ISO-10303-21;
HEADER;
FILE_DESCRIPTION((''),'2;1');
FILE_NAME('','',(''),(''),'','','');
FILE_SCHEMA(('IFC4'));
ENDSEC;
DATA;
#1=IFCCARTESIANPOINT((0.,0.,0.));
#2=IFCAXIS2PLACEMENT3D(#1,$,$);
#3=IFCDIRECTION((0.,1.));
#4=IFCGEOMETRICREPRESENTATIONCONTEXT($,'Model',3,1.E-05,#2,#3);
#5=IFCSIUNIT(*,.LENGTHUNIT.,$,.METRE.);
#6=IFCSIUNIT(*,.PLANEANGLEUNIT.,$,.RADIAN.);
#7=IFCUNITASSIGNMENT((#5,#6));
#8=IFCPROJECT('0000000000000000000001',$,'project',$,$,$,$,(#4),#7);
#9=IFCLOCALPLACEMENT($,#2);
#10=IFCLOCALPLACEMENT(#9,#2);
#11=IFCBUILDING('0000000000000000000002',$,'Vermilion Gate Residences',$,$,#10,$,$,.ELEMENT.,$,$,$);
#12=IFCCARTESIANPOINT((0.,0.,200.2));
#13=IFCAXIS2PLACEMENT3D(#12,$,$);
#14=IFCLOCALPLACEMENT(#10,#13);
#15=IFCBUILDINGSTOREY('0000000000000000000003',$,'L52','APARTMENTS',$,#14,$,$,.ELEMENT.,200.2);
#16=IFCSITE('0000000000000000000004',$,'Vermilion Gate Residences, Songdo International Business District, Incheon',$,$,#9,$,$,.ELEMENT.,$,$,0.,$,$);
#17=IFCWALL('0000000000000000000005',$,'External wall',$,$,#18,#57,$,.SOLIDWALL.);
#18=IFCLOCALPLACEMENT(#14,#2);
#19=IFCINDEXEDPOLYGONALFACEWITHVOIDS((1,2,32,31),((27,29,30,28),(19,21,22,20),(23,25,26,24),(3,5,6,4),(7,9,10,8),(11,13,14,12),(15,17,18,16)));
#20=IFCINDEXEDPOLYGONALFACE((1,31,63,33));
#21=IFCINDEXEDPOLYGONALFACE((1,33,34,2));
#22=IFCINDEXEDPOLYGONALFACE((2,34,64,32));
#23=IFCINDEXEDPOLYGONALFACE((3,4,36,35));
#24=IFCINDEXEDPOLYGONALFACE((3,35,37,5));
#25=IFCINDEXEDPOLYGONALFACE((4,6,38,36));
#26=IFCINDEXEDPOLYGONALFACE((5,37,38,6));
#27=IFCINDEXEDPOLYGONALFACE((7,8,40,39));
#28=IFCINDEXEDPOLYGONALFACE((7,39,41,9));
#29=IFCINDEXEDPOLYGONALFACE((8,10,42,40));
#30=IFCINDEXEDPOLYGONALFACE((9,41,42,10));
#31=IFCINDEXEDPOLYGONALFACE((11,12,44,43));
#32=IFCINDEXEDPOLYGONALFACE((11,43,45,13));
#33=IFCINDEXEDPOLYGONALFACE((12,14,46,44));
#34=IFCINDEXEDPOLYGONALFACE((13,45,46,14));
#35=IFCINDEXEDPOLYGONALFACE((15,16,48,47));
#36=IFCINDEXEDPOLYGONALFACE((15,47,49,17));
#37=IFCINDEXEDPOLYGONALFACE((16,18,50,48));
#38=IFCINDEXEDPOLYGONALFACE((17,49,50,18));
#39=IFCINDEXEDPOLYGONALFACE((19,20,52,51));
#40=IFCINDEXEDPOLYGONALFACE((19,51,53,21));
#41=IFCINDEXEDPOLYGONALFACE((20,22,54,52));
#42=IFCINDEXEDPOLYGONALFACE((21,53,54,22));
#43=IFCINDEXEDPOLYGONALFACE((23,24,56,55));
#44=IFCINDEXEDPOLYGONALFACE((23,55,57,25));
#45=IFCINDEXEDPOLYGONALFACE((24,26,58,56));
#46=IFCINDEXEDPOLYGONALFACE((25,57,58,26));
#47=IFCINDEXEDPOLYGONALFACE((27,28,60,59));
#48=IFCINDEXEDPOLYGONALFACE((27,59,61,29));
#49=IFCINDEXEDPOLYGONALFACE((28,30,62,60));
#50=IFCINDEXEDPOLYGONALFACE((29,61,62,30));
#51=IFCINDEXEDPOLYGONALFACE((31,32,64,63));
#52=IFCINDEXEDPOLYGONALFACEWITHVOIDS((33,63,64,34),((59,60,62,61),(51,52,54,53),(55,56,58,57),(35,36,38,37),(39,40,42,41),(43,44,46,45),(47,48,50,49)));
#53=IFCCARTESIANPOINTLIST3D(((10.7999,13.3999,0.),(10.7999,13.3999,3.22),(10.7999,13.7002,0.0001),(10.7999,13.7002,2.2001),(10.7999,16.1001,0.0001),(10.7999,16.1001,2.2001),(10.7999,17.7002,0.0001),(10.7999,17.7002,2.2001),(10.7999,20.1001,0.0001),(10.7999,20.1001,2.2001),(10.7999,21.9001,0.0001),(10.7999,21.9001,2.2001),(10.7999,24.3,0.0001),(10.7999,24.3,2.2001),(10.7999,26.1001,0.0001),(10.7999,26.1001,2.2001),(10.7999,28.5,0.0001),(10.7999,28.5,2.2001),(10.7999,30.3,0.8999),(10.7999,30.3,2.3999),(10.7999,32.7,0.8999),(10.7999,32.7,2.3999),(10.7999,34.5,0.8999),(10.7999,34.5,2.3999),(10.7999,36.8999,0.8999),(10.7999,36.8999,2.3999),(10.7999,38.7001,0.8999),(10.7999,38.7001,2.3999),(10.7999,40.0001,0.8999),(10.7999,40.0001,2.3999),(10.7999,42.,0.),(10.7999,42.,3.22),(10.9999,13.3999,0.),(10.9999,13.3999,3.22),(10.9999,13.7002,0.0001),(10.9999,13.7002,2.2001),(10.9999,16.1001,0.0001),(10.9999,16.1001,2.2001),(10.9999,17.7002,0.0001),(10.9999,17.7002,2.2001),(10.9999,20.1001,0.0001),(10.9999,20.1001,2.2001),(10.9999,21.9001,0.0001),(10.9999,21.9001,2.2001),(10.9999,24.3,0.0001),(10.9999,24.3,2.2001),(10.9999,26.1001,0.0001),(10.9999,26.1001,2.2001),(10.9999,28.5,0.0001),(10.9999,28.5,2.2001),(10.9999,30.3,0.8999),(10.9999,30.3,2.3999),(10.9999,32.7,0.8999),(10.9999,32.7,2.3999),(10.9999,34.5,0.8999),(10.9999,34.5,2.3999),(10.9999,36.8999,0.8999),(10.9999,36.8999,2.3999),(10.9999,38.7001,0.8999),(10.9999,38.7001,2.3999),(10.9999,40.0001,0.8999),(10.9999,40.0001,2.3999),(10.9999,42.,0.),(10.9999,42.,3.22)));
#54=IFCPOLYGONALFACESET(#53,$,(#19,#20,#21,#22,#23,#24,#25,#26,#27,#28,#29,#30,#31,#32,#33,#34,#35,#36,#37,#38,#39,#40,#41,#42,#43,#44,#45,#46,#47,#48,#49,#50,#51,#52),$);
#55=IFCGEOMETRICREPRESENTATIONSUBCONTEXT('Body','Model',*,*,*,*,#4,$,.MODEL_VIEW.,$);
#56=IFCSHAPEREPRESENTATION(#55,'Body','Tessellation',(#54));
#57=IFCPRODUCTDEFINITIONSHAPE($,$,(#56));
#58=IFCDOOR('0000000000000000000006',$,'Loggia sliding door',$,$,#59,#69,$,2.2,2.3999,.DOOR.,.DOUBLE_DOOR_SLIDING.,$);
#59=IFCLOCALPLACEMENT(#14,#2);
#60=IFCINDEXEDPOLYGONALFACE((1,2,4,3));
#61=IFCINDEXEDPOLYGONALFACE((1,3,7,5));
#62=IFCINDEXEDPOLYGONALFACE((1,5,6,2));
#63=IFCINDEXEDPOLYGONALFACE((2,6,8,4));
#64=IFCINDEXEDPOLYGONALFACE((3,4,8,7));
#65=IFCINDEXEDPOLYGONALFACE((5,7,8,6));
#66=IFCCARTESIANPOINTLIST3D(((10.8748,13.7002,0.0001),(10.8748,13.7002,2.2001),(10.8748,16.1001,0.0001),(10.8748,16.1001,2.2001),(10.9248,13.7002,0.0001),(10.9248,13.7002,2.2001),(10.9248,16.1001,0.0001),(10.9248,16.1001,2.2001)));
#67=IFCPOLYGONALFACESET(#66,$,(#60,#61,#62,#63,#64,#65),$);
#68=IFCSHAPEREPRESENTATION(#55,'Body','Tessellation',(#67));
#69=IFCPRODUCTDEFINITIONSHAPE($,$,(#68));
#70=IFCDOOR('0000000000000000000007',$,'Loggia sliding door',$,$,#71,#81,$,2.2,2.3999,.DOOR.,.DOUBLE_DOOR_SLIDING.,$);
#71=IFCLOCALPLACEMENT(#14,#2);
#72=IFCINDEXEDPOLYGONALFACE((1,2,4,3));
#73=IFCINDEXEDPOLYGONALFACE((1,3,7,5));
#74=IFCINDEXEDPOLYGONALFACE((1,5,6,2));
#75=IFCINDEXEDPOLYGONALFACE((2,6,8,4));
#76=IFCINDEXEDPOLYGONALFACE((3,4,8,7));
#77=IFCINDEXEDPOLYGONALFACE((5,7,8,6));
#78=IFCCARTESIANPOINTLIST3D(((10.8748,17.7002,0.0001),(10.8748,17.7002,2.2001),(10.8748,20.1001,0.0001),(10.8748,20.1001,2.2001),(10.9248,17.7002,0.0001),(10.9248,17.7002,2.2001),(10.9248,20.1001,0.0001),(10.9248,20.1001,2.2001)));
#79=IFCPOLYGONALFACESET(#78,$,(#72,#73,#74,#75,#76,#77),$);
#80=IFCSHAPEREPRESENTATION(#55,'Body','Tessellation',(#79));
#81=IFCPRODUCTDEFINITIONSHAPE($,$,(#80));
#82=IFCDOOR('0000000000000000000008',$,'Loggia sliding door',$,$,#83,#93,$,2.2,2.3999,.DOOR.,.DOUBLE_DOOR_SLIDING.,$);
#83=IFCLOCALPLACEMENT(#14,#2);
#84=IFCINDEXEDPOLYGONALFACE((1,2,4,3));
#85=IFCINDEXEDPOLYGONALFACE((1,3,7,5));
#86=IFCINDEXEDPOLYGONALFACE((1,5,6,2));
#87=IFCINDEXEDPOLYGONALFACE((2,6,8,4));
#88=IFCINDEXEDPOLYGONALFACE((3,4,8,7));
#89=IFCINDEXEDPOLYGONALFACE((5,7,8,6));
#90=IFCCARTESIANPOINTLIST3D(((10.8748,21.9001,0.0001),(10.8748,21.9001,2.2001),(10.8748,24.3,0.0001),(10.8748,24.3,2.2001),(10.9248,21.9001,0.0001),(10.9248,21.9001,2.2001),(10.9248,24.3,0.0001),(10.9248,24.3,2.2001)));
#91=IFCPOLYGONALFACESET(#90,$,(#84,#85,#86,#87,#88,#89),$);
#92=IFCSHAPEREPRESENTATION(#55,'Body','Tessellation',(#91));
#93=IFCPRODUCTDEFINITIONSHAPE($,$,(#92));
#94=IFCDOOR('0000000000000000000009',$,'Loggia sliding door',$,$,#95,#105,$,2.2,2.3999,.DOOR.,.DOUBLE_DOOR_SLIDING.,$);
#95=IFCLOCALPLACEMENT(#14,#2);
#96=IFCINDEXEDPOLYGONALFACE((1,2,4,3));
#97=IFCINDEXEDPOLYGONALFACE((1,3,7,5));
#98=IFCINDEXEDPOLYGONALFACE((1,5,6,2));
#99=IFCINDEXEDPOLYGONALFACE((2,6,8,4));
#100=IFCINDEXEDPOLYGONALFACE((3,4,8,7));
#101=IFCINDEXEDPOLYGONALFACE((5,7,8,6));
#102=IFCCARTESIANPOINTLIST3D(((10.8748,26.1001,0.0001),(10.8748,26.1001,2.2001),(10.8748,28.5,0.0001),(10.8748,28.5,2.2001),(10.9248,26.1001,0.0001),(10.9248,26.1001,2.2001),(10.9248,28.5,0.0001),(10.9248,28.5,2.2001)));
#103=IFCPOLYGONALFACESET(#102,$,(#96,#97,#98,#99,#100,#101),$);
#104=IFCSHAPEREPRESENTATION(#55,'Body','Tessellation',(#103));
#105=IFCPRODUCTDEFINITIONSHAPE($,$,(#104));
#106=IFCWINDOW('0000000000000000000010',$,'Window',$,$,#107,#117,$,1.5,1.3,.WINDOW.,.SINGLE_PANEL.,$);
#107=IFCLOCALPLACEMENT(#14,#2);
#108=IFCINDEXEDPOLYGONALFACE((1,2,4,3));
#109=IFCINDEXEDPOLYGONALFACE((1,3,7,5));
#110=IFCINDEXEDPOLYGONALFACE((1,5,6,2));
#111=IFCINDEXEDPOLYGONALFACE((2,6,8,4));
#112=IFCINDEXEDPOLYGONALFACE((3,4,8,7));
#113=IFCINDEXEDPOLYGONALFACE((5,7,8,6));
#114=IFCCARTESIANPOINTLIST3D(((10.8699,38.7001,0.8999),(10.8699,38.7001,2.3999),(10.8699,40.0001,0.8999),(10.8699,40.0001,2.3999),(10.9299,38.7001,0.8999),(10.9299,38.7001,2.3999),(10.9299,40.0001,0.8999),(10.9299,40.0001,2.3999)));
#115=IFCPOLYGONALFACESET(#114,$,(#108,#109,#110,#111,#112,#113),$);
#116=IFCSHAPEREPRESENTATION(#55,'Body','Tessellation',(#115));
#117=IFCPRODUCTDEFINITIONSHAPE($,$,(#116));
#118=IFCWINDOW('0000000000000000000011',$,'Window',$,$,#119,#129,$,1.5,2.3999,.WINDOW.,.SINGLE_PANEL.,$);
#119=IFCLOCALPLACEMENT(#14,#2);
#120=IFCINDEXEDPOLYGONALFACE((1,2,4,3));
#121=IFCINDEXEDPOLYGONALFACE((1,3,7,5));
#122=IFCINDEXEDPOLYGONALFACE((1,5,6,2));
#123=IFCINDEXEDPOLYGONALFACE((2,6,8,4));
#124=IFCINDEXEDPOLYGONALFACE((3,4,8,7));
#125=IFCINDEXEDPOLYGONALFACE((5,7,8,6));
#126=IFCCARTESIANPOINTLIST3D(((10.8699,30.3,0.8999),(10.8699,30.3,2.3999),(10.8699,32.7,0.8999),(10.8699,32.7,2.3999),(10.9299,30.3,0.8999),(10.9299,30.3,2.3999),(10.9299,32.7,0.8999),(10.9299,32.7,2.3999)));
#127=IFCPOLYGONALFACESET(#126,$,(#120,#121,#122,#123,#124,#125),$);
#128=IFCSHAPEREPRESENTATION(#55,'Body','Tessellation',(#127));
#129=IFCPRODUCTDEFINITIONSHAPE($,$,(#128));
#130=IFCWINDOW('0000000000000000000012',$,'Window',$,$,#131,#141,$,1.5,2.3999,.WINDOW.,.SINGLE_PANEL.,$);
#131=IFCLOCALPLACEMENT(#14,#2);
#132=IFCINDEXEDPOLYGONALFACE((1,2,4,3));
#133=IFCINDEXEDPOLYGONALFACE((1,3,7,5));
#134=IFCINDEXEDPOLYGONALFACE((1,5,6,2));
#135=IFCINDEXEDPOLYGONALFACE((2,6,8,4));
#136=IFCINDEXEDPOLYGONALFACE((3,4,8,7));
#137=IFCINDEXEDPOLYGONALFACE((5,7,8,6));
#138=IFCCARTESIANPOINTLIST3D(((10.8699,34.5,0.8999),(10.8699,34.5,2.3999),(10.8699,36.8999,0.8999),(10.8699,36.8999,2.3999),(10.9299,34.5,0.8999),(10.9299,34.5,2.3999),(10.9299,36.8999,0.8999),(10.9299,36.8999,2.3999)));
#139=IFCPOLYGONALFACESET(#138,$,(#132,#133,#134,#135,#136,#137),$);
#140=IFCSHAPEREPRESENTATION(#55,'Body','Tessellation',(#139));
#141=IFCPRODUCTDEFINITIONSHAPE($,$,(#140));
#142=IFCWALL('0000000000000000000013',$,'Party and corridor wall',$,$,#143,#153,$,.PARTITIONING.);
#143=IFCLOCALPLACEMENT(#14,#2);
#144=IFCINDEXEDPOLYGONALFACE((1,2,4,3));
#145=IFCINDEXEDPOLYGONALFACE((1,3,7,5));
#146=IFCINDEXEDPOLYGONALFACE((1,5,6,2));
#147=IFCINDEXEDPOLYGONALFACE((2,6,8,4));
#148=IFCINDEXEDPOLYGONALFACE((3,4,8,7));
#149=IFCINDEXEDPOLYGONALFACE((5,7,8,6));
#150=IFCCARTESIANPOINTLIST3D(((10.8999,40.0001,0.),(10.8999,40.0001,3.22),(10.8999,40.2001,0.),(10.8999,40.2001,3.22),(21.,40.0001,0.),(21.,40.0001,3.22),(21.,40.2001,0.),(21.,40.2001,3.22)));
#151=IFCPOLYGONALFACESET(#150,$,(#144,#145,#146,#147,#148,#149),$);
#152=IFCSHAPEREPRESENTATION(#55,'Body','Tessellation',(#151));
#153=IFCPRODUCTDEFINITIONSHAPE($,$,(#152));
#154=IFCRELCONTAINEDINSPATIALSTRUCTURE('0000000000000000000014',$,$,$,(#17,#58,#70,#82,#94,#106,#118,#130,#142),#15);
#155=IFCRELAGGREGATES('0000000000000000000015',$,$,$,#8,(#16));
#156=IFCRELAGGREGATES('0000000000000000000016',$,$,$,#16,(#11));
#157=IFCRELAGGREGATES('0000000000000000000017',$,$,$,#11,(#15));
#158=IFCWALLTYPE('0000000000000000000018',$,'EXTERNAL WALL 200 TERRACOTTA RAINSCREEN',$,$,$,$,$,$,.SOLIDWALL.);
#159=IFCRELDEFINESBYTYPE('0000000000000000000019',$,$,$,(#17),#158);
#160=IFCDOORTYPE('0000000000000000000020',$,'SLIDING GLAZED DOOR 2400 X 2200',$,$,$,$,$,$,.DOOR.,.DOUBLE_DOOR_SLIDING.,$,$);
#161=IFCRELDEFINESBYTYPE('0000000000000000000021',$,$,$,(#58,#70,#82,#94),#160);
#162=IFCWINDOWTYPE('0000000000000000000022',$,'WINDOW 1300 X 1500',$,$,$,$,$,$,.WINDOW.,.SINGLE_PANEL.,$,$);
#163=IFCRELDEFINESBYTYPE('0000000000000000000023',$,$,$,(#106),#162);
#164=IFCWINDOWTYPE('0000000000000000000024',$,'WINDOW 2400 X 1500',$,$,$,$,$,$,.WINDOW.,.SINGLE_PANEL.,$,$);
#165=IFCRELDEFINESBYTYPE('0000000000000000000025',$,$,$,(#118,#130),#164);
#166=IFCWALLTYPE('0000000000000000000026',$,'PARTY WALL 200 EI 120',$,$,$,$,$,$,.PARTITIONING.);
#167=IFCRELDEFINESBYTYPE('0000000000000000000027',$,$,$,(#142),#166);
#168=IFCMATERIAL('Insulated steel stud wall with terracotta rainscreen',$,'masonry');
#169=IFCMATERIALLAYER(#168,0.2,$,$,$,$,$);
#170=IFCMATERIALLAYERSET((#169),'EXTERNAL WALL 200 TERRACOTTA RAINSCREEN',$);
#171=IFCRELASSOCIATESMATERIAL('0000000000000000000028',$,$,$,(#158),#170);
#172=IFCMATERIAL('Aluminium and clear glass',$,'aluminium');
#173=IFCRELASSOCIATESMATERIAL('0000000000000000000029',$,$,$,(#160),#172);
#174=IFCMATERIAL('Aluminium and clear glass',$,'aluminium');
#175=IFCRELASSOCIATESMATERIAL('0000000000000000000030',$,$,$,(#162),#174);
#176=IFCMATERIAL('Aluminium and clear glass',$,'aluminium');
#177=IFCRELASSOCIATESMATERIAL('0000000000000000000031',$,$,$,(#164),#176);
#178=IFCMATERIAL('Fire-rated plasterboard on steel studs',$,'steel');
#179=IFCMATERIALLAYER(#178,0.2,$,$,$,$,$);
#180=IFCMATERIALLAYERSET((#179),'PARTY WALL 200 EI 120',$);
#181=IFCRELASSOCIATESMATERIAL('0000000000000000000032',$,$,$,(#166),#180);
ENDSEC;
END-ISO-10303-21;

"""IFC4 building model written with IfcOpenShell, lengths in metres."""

from ifc_helpers import new_model, si_unit, direction, frame, frame_2d, origin, place, context, subcontext, project, spatial, rectangle, extrude, material, layer, layer_set, type_object, element, fill, save


model = new_model("IFC4")

# Units and contexts
model_context = context("Model", 3, precision=1e-05, world=origin(), true_north=direction((0.0, 1.0)))
body_context = subcontext(model_context, "Body", "Model", "MODEL_VIEW")
ifc_project = project(units=[si_unit("LENGTHUNIT", "METRE"), si_unit("PLANEANGLEUNIT", "RADIAN")], contexts=[model_context])

# Site, building, storey
site_placement = place(None, origin())
site = spatial("IfcSite", under=ifc_project, at=site_placement, Name="Vermilion Gate Residences, Songdo International Business District, Incheon", CompositionType="ELEMENT", RefElevation=0.0)
building_placement = place(site_placement, origin())
building = spatial("IfcBuilding", under=site, at=building_placement, Name="Vermilion Gate Residences", CompositionType="ELEMENT")
storey_placement = place(building_placement, frame((0.0, 0.0, 200.2)))
storey = spatial("IfcBuildingStorey", under=building, at=storey_placement, Name="L52", Description="APARTMENTS", CompositionType="ELEMENT", Elevation=200.2)

# Wall, openings, doors, windows
ifc_material_1 = material(Name="Insulated steel stud wall with terracotta rainscreen", Category="masonry")
ifc_layer_1 = layer(ifc_material_1, 0.2)
ifc_layer_set_1 = layer_set([ifc_layer_1], Name="EXTERNAL WALL 200 TERRACOTTA RAINSCREEN")
wall_type_1 = type_object("IfcWallType", Name="EXTERNAL WALL 200 TERRACOTTA RAINSCREEN", PredefinedType="SOLIDWALL", material=ifc_layer_set_1)
wall_1_placement = place(storey_placement, frame((10.8999, 42.0, 0.0), z_axis=(0.0, 0.0, 1.0), x_axis=(0.0, -1.0, 0.0)))
wall_1 = element("IfcWall", 1, at=wall_1_placement, inside=storey, type_object=wall_type_1, Name="External wall", PredefinedType="SOLIDWALL", context=body_context, shape_type="SweptSolid", body=[
    extrude(rectangle(XDim=28.6001, YDim=0.2, at=frame_2d((14.3, 0.0))), origin(), (0.0, 0.0, 1.0), 3.22),
])
opening_1_placement = place(wall_1_placement, frame((25.8999, 0.0, 0.0)))
opening_1 = element("IfcOpeningElement", 2, at=opening_1_placement, cuts=wall_1, PredefinedType="OPENING", context=body_context, shape_type="SweptSolid", body=[
    extrude(rectangle(XDim=2.3999, YDim=2.2, at=frame_2d((1.2, 1.1001))), frame((0.0, 0.1099, 0.0), z_axis=(0.0, -1.0, 0.0), x_axis=(1.0, 0.0, 0.0)), (0.0, 0.0, 1.0), 0.22),
])
opening_2_placement = place(wall_1_placement, frame((21.8999, 0.0, 0.0)))
opening_2 = element("IfcOpeningElement", 3, at=opening_2_placement, cuts=wall_1, PredefinedType="OPENING", context=body_context, shape_type="SweptSolid", body=[
    extrude(rectangle(XDim=2.3999, YDim=2.2, at=frame_2d((1.2, 1.1001))), frame((0.0, 0.1099, 0.0), z_axis=(0.0, -1.0, 0.0), x_axis=(1.0, 0.0, 0.0)), (0.0, 0.0, 1.0), 0.22),
])
opening_3_placement = place(wall_1_placement, frame((17.7, 0.0, 0.0)))
opening_3 = element("IfcOpeningElement", 4, at=opening_3_placement, cuts=wall_1, PredefinedType="OPENING", context=body_context, shape_type="SweptSolid", body=[
    extrude(rectangle(XDim=2.3999, YDim=2.2, at=frame_2d((1.2, 1.1001))), frame((0.0, 0.1099, 0.0), z_axis=(0.0, -1.0, 0.0), x_axis=(1.0, 0.0, 0.0)), (0.0, 0.0, 1.0), 0.22),
])
opening_4_placement = place(wall_1_placement, frame((13.5, 0.0, 0.0)))
opening_4 = element("IfcOpeningElement", 5, at=opening_4_placement, cuts=wall_1, PredefinedType="OPENING", context=body_context, shape_type="SweptSolid", body=[
    extrude(rectangle(XDim=2.3999, YDim=2.2, at=frame_2d((1.2, 1.1001))), frame((0.0, 0.1099, 0.0), z_axis=(0.0, -1.0, 0.0), x_axis=(1.0, 0.0, 0.0)), (0.0, 0.0, 1.0), 0.22),
])
opening_5_placement = place(wall_1_placement, frame((9.3, 0.0, 0.8999)))
opening_5 = element("IfcOpeningElement", 6, at=opening_5_placement, cuts=wall_1, PredefinedType="OPENING", context=body_context, shape_type="SweptSolid", body=[
    extrude(rectangle(XDim=2.3999, YDim=1.5, at=frame_2d((1.2, 0.75))), frame((0.0, 0.1099, 0.0), z_axis=(0.0, -1.0, 0.0), x_axis=(1.0, 0.0, 0.0)), (0.0, 0.0, 1.0), 0.22),
])
opening_6_placement = place(wall_1_placement, frame((5.1001, 0.0, 0.8999)))
opening_6 = element("IfcOpeningElement", 7, at=opening_6_placement, cuts=wall_1, PredefinedType="OPENING", context=body_context, shape_type="SweptSolid", body=[
    extrude(rectangle(XDim=2.3999, YDim=1.5, at=frame_2d((1.2, 0.75))), frame((0.0, 0.1099, 0.0), z_axis=(0.0, -1.0, 0.0), x_axis=(1.0, 0.0, 0.0)), (0.0, 0.0, 1.0), 0.22),
])
opening_7_placement = place(wall_1_placement, frame((2.0, 0.0, 0.8999)))
opening_7 = element("IfcOpeningElement", 8, at=opening_7_placement, cuts=wall_1, PredefinedType="OPENING", context=body_context, shape_type="SweptSolid", body=[
    extrude(rectangle(XDim=1.3, YDim=1.5, at=frame_2d((0.6499, 0.75))), frame((0.0, 0.1099, 0.0), z_axis=(0.0, -1.0, 0.0), x_axis=(1.0, 0.0, 0.0)), (0.0, 0.0, 1.0), 0.22),
])
ifc_material_2 = material(Name="Aluminium and clear glass", Category="aluminium")
door_type_1 = type_object("IfcDoorType", Name="SLIDING GLAZED DOOR 2400 X 2200", OperationType="DOUBLE_DOOR_SLIDING", PredefinedType="DOOR", material=ifc_material_2)
door_1_placement = place(opening_1_placement, origin())
door_1 = element("IfcDoor", 9, at=door_1_placement, inside=storey, type_object=door_type_1, Name="Loggia sliding door", OperationType="DOUBLE_DOOR_SLIDING", OverallHeight=2.2, OverallWidth=2.3999, PredefinedType="DOOR", context=body_context, shape_type="SweptSolid", body=[
    extrude(rectangle(XDim=2.3999, YDim=2.2, at=frame_2d((1.2, 1.1001))), frame((0.0, 0.0249, 0.0), z_axis=(0.0, -1.0, 0.0), x_axis=(1.0, 0.0, 0.0)), (0.0, 0.0, 1.0), 0.05),
])
fill(opening_1, door_1)
door_2_placement = place(opening_2_placement, origin())
door_2 = element("IfcDoor", 10, at=door_2_placement, inside=storey, type_object=door_type_1, Name="Loggia sliding door", OperationType="DOUBLE_DOOR_SLIDING", OverallHeight=2.2, OverallWidth=2.3999, PredefinedType="DOOR", context=body_context, shape_type="SweptSolid", body=[
    extrude(rectangle(XDim=2.3999, YDim=2.2, at=frame_2d((1.2, 1.1001))), frame((0.0, 0.0249, 0.0), z_axis=(0.0, -1.0, 0.0), x_axis=(1.0, 0.0, 0.0)), (0.0, 0.0, 1.0), 0.05),
])
fill(opening_2, door_2)
door_3_placement = place(opening_3_placement, origin())
door_3 = element("IfcDoor", 11, at=door_3_placement, inside=storey, type_object=door_type_1, Name="Loggia sliding door", OperationType="DOUBLE_DOOR_SLIDING", OverallHeight=2.2, OverallWidth=2.3999, PredefinedType="DOOR", context=body_context, shape_type="SweptSolid", body=[
    extrude(rectangle(XDim=2.3999, YDim=2.2, at=frame_2d((1.2, 1.1001))), frame((0.0, 0.0249, 0.0), z_axis=(0.0, -1.0, 0.0), x_axis=(1.0, 0.0, 0.0)), (0.0, 0.0, 1.0), 0.05),
])
fill(opening_3, door_3)
door_4_placement = place(opening_4_placement, origin())
door_4 = element("IfcDoor", 12, at=door_4_placement, inside=storey, type_object=door_type_1, Name="Loggia sliding door", OperationType="DOUBLE_DOOR_SLIDING", OverallHeight=2.2, OverallWidth=2.3999, PredefinedType="DOOR", context=body_context, shape_type="SweptSolid", body=[
    extrude(rectangle(XDim=2.3999, YDim=2.2, at=frame_2d((1.2, 1.1001))), frame((0.0, 0.0249, 0.0), z_axis=(0.0, -1.0, 0.0), x_axis=(1.0, 0.0, 0.0)), (0.0, 0.0, 1.0), 0.05),
])
fill(opening_4, door_4)
ifc_material_3 = material(Name="Aluminium and clear glass", Category="aluminium")
window_type_1 = type_object("IfcWindowType", Name="WINDOW 1300 X 1500", PartitioningType="SINGLE_PANEL", PredefinedType="WINDOW", material=ifc_material_3)
window_1_placement = place(opening_7_placement, origin())
window_1 = element("IfcWindow", 13, at=window_1_placement, inside=storey, type_object=window_type_1, Name="Window", OverallHeight=1.5, OverallWidth=1.3, PartitioningType="SINGLE_PANEL", PredefinedType="WINDOW", context=body_context, shape_type="SweptSolid", body=[
    extrude(rectangle(XDim=1.3, YDim=1.5, at=frame_2d((0.6499, 0.75))), frame((0.0, 0.03, 0.0), z_axis=(0.0, -1.0, 0.0), x_axis=(1.0, 0.0, 0.0)), (0.0, 0.0, 1.0), 0.0601),
])
fill(opening_7, window_1)
ifc_material_4 = material(Name="Aluminium and clear glass", Category="aluminium")
window_type_2 = type_object("IfcWindowType", Name="WINDOW 2400 X 1500", PartitioningType="SINGLE_PANEL", PredefinedType="WINDOW", material=ifc_material_4)
window_2_placement = place(opening_5_placement, origin())
window_2 = element("IfcWindow", 14, at=window_2_placement, inside=storey, type_object=window_type_2, Name="Window", OverallHeight=1.5, OverallWidth=2.3999, PartitioningType="SINGLE_PANEL", PredefinedType="WINDOW", context=body_context, shape_type="SweptSolid", body=[
    extrude(rectangle(XDim=2.3999, YDim=1.5, at=frame_2d((1.2, 0.75))), frame((0.0, 0.03, 0.0), z_axis=(0.0, -1.0, 0.0), x_axis=(1.0, 0.0, 0.0)), (0.0, 0.0, 1.0), 0.0601),
])
fill(opening_5, window_2)
window_3_placement = place(opening_6_placement, origin())
window_3 = element("IfcWindow", 15, at=window_3_placement, inside=storey, type_object=window_type_2, Name="Window", OverallHeight=1.5, OverallWidth=2.3999, PartitioningType="SINGLE_PANEL", PredefinedType="WINDOW", context=body_context, shape_type="SweptSolid", body=[
    extrude(rectangle(XDim=2.3999, YDim=1.5, at=frame_2d((1.2, 0.75))), frame((0.0, 0.03, 0.0), z_axis=(0.0, -1.0, 0.0), x_axis=(1.0, 0.0, 0.0)), (0.0, 0.0, 1.0), 0.0601),
])
fill(opening_6, window_3)

# Wall
ifc_material_5 = material(Name="Fire-rated plasterboard on steel studs", Category="steel")
ifc_layer_2 = layer(ifc_material_5, 0.2)
ifc_layer_set_2 = layer_set([ifc_layer_2], Name="PARTY WALL 200 EI 120")
wall_type_2 = type_object("IfcWallType", Name="PARTY WALL 200 EI 120", PredefinedType="PARTITIONING", material=ifc_layer_set_2)
wall_2_placement = place(storey_placement, frame((10.8999, 40.1001, 0.0), z_axis=(0.0, 0.0, 1.0), x_axis=(1.0, 0.0, 0.0)))
element("IfcWall", 16, at=wall_2_placement, inside=storey, type_object=wall_type_2, Name="Party and corridor wall", PredefinedType="PARTITIONING", context=body_context, shape_type="SweptSolid", body=[
    extrude(rectangle(XDim=10.1001, YDim=0.2, at=frame_2d((5.05, 0.0))), origin(), (0.0, 0.0, 1.0), 3.22),
])

save(model, "model.ifc")
